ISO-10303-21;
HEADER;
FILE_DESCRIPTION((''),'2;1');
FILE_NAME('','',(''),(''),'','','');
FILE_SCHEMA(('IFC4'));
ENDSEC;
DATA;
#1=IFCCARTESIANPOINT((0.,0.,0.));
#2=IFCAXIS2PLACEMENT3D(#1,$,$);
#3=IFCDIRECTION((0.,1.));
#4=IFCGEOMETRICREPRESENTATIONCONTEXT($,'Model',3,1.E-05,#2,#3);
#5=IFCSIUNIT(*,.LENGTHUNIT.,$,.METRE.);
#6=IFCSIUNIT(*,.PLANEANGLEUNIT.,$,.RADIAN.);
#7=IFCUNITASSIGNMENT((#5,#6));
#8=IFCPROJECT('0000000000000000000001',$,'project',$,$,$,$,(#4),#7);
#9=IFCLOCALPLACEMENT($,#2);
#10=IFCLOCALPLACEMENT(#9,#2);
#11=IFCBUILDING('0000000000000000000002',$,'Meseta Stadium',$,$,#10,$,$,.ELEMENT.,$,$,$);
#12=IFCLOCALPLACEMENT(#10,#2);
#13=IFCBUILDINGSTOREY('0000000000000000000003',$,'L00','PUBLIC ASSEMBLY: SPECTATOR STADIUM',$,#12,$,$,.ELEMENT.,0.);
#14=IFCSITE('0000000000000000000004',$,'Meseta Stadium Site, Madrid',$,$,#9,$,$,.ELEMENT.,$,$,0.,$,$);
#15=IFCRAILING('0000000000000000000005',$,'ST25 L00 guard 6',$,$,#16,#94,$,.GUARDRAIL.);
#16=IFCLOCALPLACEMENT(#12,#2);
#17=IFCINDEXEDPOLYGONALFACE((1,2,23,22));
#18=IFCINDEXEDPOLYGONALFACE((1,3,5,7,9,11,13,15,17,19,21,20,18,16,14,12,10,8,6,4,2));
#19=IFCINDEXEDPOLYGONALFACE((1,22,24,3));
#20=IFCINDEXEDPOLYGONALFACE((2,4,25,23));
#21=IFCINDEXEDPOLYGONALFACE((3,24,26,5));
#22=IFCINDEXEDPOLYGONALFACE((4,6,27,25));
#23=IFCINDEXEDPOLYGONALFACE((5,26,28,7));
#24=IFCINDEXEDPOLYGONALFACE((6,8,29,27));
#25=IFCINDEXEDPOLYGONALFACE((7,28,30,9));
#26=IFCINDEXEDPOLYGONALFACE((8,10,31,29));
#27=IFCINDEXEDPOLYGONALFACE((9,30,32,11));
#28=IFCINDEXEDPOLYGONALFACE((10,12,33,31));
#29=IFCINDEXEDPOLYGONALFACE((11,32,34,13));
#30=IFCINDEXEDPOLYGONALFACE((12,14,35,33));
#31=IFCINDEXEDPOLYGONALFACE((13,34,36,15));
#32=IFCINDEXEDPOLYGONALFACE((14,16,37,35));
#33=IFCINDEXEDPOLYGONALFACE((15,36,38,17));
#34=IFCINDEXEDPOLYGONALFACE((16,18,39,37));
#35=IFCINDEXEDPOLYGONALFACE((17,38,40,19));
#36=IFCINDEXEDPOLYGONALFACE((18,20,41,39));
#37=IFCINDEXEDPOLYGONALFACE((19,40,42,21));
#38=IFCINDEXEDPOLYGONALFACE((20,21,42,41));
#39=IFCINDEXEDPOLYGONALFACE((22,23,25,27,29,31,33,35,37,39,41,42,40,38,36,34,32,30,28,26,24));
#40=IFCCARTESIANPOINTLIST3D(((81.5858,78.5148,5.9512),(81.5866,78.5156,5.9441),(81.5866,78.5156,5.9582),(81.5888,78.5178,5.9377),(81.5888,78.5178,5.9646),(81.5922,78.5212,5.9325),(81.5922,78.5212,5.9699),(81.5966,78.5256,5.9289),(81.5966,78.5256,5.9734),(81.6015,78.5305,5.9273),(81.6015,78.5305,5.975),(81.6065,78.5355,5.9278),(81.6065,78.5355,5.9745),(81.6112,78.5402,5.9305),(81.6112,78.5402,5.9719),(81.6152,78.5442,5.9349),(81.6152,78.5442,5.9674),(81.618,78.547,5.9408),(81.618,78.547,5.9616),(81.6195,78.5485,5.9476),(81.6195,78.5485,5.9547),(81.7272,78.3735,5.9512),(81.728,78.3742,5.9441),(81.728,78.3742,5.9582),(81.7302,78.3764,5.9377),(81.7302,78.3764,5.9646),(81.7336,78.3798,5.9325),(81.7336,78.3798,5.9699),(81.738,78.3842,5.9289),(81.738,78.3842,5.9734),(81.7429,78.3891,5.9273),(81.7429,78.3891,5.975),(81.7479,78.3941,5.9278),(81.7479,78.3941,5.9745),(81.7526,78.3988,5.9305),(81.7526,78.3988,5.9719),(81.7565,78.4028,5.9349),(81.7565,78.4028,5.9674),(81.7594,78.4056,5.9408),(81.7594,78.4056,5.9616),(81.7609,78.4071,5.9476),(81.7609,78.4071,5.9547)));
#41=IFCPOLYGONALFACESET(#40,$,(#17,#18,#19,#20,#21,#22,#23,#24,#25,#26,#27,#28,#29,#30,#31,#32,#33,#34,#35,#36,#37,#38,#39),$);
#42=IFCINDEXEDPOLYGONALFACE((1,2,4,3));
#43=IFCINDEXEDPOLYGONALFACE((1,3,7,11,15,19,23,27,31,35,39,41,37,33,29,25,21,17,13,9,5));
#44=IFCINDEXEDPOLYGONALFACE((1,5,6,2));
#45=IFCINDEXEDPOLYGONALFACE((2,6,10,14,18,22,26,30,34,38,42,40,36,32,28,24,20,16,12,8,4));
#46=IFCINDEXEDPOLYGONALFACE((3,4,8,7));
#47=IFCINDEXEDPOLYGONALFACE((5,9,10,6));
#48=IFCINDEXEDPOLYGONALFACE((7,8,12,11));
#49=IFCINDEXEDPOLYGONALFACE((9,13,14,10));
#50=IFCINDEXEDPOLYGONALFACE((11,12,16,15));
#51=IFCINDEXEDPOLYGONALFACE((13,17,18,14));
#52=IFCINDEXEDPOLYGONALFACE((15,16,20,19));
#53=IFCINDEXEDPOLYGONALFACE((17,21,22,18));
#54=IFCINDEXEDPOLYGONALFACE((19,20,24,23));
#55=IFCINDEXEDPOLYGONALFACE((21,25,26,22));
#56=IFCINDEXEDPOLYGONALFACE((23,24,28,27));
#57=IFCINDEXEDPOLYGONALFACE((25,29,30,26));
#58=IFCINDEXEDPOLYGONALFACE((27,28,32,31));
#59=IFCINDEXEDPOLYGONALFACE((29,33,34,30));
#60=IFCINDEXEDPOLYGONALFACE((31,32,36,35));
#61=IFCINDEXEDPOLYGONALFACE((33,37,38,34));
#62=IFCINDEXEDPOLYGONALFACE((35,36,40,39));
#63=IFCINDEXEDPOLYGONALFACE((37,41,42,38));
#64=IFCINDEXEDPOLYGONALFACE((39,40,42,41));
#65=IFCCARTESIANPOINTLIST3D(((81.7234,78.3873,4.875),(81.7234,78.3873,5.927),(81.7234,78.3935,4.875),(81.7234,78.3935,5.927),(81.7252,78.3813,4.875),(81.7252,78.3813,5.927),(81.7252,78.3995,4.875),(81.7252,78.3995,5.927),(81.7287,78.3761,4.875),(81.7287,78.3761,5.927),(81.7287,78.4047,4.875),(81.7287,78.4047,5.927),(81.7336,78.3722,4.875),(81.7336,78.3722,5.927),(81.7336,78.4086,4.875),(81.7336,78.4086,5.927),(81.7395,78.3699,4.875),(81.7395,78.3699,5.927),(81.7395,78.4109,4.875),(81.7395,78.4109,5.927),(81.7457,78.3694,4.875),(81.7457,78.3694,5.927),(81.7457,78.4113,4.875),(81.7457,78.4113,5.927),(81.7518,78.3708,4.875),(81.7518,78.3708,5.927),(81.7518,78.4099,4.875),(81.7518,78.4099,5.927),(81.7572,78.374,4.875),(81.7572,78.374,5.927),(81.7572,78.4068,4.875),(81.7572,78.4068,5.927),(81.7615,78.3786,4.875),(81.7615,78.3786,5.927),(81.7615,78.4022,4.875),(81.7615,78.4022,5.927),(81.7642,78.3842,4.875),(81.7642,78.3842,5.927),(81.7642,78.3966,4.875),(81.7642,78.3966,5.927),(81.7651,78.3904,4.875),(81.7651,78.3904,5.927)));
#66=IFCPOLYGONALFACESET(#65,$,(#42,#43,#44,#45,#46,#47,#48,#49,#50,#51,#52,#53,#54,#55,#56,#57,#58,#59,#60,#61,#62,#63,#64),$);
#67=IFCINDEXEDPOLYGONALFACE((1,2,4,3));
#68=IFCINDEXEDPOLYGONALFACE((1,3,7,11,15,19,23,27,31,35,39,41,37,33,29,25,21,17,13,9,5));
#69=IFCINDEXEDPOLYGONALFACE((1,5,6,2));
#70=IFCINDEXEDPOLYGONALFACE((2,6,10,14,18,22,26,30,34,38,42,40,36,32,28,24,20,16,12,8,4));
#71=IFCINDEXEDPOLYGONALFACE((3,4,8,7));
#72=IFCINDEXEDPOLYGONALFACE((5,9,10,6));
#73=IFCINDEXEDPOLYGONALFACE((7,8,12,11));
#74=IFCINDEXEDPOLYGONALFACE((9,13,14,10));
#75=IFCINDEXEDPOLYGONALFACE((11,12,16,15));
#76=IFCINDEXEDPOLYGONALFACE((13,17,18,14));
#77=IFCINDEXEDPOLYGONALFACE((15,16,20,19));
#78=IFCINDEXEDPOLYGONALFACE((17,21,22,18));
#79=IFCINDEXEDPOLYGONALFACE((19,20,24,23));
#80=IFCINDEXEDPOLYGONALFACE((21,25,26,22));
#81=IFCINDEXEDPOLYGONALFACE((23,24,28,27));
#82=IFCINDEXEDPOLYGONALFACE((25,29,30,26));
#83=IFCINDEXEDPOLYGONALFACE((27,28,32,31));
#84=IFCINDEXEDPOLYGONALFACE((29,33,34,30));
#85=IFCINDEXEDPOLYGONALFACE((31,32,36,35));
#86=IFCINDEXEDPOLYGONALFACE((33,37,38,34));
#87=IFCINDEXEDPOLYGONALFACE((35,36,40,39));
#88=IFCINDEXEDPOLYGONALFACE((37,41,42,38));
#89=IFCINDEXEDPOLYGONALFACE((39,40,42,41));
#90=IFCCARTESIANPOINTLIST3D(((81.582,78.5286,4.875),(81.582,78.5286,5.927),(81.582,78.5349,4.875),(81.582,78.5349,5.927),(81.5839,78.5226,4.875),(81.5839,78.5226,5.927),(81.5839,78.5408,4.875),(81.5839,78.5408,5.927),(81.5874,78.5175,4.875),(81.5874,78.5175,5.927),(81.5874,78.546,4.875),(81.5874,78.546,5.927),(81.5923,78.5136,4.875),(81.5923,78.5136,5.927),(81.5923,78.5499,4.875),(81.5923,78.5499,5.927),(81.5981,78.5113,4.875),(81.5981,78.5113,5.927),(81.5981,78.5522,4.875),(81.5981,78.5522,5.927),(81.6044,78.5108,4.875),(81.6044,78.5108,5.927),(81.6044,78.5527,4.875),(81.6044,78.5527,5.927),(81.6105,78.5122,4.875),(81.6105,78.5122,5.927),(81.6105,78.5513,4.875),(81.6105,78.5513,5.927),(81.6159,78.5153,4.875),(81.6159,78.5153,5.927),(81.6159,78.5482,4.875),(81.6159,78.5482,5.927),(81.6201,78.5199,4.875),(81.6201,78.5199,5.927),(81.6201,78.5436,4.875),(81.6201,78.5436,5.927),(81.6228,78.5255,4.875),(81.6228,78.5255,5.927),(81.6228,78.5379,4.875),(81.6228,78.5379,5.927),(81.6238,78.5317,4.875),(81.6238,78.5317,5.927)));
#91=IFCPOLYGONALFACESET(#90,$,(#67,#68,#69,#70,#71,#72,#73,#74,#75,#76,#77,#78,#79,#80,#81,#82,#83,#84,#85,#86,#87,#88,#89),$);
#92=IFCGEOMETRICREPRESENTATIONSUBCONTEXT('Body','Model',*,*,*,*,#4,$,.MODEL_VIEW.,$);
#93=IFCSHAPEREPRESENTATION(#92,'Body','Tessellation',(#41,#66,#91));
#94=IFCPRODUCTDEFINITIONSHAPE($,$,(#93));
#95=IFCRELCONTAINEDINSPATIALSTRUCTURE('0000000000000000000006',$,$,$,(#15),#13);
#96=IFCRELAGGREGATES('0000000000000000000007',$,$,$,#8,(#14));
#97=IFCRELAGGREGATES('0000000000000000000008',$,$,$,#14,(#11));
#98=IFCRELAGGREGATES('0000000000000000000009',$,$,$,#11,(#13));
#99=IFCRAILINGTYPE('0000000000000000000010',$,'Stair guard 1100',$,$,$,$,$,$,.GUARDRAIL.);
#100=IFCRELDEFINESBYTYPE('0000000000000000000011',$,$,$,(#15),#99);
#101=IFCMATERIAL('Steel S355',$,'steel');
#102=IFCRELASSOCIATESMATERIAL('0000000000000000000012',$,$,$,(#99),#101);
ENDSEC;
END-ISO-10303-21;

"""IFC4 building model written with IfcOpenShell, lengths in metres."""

from ifc_helpers import new_model, si_unit, direction, frame, origin, origin_2d, place, context, subcontext, project, spatial, circle, extrude, material, type_object, element, save


model = new_model("IFC4")

# Units and contexts
model_context = context("Model", 3, precision=1e-05, world=origin(), true_north=direction((0.0, 1.0)))
body_context = subcontext(model_context, "Body", "Model", "MODEL_VIEW")
ifc_project = project(units=[si_unit("LENGTHUNIT", "METRE"), si_unit("PLANEANGLEUNIT", "RADIAN")], contexts=[model_context])

# Site, building, storey
site_placement = place(None, origin())
site = spatial("IfcSite", under=ifc_project, at=site_placement, Name="Meseta Stadium Site, Madrid", CompositionType="ELEMENT", RefElevation=0.0)
building_placement = place(site_placement, origin())
building = spatial("IfcBuilding", under=site, at=building_placement, Name="Meseta Stadium", CompositionType="ELEMENT")
storey_placement = place(building_placement, origin())
storey = spatial("IfcBuildingStorey", under=building, at=storey_placement, Name="L00", Description="PUBLIC ASSEMBLY: SPECTATOR STADIUM", CompositionType="ELEMENT", Elevation=0.0)

# Railing
ifc_material_1 = material(Name="Steel S355", Category="steel")
railing_type_1 = type_object("IfcRailingType", Name="Stair guard 1100", PredefinedType="GUARDRAIL", material=ifc_material_1)
for number, where, name in (
    (1, (81.7441, 78.3904, 4.875), "ST25 L00 guard 6"),
):
    element("IfcRailing", number, at=place(storey_placement, frame(where)), inside=storey, type_object=railing_type_1, Name=name, PredefinedType="GUARDRAIL", context=body_context, shape_type="SweptSolid", body=[
        extrude(circle(Radius=0.0239, at=origin_2d()), frame((0.0, 0.0, 1.0762), z_axis=(-0.707107, 0.707107, 0.0), x_axis=(-0.707107, -0.707107, 0.0)), (0.0, 0.0, 1.0), 0.2),
        extrude(circle(Radius=0.021, at=origin_2d()), origin(), (0.0, 0.0, 1.0), 1.052),
        extrude(circle(Radius=0.021, at=origin_2d()), frame((-0.1414, 0.1414, 0.0)), (0.0, 0.0, 1.0), 1.052),
    ])

save(model, "model.ifc")
